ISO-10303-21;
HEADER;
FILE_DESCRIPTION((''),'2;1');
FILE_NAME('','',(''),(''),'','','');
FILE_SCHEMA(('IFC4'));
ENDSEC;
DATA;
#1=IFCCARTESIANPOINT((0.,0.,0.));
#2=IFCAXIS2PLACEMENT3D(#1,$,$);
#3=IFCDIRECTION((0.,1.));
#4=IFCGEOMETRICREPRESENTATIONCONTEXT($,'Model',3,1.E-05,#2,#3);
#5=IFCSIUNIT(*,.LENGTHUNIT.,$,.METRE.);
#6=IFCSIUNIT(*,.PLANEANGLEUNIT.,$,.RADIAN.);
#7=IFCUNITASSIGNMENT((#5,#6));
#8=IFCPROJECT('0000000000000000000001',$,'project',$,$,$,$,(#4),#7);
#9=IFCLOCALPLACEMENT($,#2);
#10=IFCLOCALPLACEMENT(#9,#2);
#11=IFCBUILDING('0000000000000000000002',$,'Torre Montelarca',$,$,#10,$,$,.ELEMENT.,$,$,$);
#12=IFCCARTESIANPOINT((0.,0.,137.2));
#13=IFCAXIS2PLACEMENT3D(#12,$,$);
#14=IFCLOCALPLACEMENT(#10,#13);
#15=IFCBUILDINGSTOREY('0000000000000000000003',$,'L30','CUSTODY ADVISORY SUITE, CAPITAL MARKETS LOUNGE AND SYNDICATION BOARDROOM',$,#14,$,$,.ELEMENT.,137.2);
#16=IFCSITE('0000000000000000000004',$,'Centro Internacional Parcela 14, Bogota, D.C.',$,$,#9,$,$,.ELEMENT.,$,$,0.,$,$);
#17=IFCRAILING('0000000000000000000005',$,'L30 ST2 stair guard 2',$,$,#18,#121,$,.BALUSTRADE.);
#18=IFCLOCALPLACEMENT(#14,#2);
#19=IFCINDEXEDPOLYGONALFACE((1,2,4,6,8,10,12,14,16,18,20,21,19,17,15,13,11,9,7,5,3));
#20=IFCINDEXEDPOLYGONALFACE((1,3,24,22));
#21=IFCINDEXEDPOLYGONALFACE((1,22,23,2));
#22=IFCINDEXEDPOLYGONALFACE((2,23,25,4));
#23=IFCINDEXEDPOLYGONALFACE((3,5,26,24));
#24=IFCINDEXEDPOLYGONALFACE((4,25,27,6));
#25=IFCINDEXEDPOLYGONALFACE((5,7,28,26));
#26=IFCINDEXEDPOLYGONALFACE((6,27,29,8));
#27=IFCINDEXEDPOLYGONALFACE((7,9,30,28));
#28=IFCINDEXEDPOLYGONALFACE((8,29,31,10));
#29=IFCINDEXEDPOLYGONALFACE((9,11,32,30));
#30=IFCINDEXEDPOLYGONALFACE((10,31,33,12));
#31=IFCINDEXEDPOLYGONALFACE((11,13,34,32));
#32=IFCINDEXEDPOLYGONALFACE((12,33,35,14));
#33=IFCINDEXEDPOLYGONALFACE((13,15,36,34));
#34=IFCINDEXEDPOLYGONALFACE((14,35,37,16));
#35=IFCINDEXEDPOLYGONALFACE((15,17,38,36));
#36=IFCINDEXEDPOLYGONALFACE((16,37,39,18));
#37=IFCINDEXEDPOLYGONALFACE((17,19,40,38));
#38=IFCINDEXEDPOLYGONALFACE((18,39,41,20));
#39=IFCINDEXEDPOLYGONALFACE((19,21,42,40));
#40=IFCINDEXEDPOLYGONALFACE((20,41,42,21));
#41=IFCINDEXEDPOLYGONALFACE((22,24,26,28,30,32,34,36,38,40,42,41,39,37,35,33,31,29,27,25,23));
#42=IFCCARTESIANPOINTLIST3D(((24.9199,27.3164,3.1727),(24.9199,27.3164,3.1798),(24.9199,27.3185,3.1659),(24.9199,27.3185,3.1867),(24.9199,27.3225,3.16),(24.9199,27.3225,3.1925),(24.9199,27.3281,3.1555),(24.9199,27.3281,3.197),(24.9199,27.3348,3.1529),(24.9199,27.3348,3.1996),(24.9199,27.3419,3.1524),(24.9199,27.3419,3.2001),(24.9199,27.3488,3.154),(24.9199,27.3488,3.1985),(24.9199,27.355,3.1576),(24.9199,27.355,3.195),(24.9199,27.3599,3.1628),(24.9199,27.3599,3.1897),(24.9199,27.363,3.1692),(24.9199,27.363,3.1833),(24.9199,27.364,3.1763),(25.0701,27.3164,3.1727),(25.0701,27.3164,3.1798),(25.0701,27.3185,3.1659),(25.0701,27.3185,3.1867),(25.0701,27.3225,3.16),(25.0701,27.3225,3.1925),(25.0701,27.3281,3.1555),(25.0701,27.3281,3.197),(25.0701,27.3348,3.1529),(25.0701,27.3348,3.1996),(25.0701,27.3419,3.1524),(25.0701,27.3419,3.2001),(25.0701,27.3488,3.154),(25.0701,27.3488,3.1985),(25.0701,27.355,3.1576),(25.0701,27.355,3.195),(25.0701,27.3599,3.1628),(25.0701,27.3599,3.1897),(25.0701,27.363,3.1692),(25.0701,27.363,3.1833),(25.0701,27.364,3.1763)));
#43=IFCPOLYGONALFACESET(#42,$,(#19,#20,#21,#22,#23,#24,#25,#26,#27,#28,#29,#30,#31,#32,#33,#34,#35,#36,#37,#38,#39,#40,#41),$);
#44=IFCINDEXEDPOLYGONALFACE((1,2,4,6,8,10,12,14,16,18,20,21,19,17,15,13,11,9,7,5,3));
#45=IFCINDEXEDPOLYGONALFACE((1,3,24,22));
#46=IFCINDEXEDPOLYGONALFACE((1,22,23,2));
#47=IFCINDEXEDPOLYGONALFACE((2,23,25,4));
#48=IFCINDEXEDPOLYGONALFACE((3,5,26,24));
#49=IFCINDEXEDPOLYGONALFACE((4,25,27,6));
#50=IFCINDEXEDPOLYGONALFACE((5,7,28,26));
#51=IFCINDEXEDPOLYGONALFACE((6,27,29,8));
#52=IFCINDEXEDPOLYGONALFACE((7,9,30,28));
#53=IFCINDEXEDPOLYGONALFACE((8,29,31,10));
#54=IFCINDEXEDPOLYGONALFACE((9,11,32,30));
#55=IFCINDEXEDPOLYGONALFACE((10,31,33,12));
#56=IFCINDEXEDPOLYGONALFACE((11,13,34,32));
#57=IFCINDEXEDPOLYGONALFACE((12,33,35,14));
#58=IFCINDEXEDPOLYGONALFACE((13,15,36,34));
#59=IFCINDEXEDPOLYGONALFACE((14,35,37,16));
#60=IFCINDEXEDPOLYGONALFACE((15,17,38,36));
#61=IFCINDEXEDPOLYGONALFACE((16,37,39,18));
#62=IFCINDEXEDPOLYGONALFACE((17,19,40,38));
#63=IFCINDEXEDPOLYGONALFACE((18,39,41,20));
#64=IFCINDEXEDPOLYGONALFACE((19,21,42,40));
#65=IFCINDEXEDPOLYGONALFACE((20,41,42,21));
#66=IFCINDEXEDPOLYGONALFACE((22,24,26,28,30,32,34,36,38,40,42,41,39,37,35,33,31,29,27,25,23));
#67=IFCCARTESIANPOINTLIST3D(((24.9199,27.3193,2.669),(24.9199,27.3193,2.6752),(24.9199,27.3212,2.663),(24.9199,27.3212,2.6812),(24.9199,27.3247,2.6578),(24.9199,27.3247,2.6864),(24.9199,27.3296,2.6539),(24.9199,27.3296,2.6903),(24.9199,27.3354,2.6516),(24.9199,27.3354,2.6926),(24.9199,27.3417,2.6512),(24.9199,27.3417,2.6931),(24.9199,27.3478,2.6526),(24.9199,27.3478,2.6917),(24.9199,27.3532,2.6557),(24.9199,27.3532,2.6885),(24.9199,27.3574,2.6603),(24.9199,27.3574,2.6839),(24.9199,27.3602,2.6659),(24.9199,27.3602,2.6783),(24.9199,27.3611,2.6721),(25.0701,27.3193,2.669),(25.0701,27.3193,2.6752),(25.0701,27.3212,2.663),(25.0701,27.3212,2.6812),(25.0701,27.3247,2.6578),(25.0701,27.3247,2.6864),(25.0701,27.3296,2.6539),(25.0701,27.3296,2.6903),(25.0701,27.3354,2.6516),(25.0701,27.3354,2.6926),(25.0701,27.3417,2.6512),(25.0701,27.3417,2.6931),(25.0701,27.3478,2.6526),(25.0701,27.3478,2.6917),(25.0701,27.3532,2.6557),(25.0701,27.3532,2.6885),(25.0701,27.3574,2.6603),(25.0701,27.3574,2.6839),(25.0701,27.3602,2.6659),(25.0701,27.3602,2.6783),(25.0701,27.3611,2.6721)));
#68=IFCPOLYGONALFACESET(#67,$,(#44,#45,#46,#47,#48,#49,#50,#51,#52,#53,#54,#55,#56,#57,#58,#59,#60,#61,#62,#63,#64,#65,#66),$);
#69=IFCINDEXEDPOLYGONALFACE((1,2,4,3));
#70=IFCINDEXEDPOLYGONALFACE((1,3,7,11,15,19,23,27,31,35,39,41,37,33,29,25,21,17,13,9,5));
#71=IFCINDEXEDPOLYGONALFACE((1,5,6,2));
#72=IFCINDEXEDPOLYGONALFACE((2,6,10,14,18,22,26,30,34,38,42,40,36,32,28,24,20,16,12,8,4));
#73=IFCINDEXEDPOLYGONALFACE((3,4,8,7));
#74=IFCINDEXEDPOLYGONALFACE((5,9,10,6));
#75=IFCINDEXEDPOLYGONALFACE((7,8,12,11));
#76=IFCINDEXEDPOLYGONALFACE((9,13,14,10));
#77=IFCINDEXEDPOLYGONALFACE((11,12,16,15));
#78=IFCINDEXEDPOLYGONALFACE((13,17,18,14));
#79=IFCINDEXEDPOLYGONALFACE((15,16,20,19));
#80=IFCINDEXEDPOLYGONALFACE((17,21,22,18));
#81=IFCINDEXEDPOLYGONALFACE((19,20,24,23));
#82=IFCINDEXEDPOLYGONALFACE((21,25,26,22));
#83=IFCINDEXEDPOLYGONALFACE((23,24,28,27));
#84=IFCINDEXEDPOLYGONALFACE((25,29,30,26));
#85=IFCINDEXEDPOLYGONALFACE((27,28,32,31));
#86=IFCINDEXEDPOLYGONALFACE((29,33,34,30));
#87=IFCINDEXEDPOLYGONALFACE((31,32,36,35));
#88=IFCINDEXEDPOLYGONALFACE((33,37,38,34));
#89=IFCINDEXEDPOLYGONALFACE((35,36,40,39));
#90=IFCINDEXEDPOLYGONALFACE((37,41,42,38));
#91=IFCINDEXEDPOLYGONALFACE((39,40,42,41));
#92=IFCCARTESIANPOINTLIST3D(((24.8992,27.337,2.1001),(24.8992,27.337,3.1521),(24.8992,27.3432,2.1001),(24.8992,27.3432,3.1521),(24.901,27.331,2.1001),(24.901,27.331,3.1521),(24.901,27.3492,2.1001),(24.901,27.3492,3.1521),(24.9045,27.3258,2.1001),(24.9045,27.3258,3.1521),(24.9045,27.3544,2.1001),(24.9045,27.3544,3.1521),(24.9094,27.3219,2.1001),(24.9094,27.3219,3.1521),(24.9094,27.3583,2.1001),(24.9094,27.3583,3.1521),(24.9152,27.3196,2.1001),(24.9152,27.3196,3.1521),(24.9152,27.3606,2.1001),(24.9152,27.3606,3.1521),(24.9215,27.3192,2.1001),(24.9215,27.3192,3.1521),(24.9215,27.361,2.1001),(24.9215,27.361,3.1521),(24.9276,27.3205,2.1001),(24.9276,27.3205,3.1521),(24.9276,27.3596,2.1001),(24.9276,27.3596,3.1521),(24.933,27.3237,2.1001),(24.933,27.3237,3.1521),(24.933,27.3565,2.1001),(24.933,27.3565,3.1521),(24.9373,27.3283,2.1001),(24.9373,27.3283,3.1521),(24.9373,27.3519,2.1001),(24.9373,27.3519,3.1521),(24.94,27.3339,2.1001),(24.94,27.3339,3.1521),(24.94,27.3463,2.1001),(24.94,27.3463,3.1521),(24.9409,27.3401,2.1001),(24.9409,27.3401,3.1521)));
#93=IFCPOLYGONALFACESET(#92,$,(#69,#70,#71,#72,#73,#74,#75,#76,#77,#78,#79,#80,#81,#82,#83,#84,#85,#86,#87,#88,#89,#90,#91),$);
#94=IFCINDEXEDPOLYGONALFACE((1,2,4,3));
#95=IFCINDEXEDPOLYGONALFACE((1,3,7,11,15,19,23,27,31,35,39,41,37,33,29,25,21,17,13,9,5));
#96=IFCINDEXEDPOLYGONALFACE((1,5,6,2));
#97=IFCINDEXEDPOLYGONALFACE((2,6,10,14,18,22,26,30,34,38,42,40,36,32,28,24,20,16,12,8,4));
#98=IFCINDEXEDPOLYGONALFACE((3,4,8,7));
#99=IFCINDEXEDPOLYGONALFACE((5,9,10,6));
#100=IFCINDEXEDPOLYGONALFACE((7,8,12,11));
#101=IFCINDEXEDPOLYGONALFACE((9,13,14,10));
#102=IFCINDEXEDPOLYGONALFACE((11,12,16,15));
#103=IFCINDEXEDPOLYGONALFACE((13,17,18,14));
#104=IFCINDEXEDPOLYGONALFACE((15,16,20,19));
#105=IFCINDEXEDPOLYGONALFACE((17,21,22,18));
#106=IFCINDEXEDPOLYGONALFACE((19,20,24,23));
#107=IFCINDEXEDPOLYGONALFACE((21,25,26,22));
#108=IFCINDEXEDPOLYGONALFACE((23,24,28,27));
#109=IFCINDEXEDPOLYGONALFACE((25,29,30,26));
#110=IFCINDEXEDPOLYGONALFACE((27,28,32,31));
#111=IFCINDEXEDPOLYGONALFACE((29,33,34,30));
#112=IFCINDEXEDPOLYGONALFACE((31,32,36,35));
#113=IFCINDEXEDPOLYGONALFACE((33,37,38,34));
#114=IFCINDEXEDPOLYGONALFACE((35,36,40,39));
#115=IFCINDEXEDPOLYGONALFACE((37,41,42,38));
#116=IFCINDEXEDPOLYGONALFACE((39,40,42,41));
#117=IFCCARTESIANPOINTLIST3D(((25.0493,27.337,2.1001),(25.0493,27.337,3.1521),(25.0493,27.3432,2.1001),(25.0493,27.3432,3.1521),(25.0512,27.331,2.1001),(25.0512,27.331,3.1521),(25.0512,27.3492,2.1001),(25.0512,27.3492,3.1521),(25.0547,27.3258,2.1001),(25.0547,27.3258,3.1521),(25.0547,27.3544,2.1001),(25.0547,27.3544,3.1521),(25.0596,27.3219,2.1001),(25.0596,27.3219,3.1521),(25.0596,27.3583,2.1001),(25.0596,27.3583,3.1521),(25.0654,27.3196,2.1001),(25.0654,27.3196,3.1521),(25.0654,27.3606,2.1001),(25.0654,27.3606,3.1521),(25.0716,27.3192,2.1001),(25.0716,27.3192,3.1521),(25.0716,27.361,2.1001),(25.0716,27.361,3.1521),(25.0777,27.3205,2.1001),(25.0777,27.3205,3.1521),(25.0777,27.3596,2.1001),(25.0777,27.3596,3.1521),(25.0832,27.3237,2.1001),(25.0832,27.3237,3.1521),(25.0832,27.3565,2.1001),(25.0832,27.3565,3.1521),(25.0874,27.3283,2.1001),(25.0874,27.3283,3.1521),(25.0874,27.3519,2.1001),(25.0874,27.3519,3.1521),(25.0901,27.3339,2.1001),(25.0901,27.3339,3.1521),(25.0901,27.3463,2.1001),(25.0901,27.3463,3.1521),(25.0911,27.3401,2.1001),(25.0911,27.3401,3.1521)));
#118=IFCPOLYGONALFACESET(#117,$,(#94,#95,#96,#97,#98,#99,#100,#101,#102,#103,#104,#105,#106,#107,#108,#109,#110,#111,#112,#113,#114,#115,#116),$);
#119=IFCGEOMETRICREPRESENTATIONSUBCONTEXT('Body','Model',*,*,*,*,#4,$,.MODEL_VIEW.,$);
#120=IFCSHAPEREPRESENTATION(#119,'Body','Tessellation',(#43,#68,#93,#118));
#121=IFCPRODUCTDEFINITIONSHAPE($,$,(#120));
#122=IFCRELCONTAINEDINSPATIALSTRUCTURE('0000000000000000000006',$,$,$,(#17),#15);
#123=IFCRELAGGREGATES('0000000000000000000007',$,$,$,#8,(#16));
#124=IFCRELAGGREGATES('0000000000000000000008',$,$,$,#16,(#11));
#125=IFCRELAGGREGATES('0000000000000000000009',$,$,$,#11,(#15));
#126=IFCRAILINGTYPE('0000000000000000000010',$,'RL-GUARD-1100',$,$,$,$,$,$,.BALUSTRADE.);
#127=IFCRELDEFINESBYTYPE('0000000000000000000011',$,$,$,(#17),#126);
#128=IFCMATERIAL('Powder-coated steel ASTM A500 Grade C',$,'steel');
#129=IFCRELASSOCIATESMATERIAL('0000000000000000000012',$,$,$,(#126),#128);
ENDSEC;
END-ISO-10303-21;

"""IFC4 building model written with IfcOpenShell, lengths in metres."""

from ifc_helpers import new_model, si_unit, direction, frame, origin, origin_2d, place, context, subcontext, project, spatial, circle, extrude, material, type_object, element, save


model = new_model("IFC4")

# Units and contexts
model_context = context("Model", 3, precision=1e-05, world=origin(), true_north=direction((0.0, 1.0)))
body_context = subcontext(model_context, "Body", "Model", "MODEL_VIEW")
ifc_project = project(units=[si_unit("LENGTHUNIT", "METRE"), si_unit("PLANEANGLEUNIT", "RADIAN")], contexts=[model_context])

# Site, building, storey
site_placement = place(None, origin())
site = spatial("IfcSite", under=ifc_project, at=site_placement, Name="Centro Internacional Parcela 14, Bogota, D.C.", CompositionType="ELEMENT", RefElevation=0.0)
building_placement = place(site_placement, origin())
building = spatial("IfcBuilding", under=site, at=building_placement, Name="Torre Montelarca", CompositionType="ELEMENT")
storey_placement = place(building_placement, frame((0.0, 0.0, 137.2)))
storey = spatial("IfcBuildingStorey", under=building, at=storey_placement, Name="L30", Description="CUSTODY ADVISORY SUITE, CAPITAL MARKETS LOUNGE AND SYNDICATION BOARDROOM", CompositionType="ELEMENT", Elevation=137.2)

# Railing
ifc_material_1 = material(Name="Powder-coated steel ASTM A500 Grade C", Category="steel")
railing_type_1 = type_object("IfcRailingType", Name="RL-GUARD-1100", PredefinedType="BALUSTRADE", material=ifc_material_1)
railing_1_placement = place(storey_placement, frame((24.9199, 27.3401, 2.1001)))
element("IfcRailing", 1, at=railing_1_placement, inside=storey, type_object=railing_type_1, Name="L30 ST2 stair guard 2", PredefinedType="BALUSTRADE", context=body_context, shape_type="SweptSolid", body=[
    extrude(circle(Radius=0.0239, at=origin_2d()), frame((0.0, 0.0, 1.0762), z_axis=(1.0, 0.0, 0.0), x_axis=(0.0, 1.0, 0.0)), (0.0, 0.0, 1.0), 0.1501),
    extrude(circle(Radius=0.021, at=origin_2d()), frame((0.0, 0.0, 0.572), z_axis=(1.0, 0.0, 0.0), x_axis=(0.0, 1.0, 0.0)), (0.0, 0.0, 1.0), 0.1501),
    extrude(circle(Radius=0.021, at=origin_2d()), origin(), (0.0, 0.0, 1.0), 1.052),
    extrude(circle(Radius=0.021, at=origin_2d()), frame((0.1501, 0.0, 0.0)), (0.0, 0.0, 1.0), 1.052),
])

save(model, "model.ifc")
